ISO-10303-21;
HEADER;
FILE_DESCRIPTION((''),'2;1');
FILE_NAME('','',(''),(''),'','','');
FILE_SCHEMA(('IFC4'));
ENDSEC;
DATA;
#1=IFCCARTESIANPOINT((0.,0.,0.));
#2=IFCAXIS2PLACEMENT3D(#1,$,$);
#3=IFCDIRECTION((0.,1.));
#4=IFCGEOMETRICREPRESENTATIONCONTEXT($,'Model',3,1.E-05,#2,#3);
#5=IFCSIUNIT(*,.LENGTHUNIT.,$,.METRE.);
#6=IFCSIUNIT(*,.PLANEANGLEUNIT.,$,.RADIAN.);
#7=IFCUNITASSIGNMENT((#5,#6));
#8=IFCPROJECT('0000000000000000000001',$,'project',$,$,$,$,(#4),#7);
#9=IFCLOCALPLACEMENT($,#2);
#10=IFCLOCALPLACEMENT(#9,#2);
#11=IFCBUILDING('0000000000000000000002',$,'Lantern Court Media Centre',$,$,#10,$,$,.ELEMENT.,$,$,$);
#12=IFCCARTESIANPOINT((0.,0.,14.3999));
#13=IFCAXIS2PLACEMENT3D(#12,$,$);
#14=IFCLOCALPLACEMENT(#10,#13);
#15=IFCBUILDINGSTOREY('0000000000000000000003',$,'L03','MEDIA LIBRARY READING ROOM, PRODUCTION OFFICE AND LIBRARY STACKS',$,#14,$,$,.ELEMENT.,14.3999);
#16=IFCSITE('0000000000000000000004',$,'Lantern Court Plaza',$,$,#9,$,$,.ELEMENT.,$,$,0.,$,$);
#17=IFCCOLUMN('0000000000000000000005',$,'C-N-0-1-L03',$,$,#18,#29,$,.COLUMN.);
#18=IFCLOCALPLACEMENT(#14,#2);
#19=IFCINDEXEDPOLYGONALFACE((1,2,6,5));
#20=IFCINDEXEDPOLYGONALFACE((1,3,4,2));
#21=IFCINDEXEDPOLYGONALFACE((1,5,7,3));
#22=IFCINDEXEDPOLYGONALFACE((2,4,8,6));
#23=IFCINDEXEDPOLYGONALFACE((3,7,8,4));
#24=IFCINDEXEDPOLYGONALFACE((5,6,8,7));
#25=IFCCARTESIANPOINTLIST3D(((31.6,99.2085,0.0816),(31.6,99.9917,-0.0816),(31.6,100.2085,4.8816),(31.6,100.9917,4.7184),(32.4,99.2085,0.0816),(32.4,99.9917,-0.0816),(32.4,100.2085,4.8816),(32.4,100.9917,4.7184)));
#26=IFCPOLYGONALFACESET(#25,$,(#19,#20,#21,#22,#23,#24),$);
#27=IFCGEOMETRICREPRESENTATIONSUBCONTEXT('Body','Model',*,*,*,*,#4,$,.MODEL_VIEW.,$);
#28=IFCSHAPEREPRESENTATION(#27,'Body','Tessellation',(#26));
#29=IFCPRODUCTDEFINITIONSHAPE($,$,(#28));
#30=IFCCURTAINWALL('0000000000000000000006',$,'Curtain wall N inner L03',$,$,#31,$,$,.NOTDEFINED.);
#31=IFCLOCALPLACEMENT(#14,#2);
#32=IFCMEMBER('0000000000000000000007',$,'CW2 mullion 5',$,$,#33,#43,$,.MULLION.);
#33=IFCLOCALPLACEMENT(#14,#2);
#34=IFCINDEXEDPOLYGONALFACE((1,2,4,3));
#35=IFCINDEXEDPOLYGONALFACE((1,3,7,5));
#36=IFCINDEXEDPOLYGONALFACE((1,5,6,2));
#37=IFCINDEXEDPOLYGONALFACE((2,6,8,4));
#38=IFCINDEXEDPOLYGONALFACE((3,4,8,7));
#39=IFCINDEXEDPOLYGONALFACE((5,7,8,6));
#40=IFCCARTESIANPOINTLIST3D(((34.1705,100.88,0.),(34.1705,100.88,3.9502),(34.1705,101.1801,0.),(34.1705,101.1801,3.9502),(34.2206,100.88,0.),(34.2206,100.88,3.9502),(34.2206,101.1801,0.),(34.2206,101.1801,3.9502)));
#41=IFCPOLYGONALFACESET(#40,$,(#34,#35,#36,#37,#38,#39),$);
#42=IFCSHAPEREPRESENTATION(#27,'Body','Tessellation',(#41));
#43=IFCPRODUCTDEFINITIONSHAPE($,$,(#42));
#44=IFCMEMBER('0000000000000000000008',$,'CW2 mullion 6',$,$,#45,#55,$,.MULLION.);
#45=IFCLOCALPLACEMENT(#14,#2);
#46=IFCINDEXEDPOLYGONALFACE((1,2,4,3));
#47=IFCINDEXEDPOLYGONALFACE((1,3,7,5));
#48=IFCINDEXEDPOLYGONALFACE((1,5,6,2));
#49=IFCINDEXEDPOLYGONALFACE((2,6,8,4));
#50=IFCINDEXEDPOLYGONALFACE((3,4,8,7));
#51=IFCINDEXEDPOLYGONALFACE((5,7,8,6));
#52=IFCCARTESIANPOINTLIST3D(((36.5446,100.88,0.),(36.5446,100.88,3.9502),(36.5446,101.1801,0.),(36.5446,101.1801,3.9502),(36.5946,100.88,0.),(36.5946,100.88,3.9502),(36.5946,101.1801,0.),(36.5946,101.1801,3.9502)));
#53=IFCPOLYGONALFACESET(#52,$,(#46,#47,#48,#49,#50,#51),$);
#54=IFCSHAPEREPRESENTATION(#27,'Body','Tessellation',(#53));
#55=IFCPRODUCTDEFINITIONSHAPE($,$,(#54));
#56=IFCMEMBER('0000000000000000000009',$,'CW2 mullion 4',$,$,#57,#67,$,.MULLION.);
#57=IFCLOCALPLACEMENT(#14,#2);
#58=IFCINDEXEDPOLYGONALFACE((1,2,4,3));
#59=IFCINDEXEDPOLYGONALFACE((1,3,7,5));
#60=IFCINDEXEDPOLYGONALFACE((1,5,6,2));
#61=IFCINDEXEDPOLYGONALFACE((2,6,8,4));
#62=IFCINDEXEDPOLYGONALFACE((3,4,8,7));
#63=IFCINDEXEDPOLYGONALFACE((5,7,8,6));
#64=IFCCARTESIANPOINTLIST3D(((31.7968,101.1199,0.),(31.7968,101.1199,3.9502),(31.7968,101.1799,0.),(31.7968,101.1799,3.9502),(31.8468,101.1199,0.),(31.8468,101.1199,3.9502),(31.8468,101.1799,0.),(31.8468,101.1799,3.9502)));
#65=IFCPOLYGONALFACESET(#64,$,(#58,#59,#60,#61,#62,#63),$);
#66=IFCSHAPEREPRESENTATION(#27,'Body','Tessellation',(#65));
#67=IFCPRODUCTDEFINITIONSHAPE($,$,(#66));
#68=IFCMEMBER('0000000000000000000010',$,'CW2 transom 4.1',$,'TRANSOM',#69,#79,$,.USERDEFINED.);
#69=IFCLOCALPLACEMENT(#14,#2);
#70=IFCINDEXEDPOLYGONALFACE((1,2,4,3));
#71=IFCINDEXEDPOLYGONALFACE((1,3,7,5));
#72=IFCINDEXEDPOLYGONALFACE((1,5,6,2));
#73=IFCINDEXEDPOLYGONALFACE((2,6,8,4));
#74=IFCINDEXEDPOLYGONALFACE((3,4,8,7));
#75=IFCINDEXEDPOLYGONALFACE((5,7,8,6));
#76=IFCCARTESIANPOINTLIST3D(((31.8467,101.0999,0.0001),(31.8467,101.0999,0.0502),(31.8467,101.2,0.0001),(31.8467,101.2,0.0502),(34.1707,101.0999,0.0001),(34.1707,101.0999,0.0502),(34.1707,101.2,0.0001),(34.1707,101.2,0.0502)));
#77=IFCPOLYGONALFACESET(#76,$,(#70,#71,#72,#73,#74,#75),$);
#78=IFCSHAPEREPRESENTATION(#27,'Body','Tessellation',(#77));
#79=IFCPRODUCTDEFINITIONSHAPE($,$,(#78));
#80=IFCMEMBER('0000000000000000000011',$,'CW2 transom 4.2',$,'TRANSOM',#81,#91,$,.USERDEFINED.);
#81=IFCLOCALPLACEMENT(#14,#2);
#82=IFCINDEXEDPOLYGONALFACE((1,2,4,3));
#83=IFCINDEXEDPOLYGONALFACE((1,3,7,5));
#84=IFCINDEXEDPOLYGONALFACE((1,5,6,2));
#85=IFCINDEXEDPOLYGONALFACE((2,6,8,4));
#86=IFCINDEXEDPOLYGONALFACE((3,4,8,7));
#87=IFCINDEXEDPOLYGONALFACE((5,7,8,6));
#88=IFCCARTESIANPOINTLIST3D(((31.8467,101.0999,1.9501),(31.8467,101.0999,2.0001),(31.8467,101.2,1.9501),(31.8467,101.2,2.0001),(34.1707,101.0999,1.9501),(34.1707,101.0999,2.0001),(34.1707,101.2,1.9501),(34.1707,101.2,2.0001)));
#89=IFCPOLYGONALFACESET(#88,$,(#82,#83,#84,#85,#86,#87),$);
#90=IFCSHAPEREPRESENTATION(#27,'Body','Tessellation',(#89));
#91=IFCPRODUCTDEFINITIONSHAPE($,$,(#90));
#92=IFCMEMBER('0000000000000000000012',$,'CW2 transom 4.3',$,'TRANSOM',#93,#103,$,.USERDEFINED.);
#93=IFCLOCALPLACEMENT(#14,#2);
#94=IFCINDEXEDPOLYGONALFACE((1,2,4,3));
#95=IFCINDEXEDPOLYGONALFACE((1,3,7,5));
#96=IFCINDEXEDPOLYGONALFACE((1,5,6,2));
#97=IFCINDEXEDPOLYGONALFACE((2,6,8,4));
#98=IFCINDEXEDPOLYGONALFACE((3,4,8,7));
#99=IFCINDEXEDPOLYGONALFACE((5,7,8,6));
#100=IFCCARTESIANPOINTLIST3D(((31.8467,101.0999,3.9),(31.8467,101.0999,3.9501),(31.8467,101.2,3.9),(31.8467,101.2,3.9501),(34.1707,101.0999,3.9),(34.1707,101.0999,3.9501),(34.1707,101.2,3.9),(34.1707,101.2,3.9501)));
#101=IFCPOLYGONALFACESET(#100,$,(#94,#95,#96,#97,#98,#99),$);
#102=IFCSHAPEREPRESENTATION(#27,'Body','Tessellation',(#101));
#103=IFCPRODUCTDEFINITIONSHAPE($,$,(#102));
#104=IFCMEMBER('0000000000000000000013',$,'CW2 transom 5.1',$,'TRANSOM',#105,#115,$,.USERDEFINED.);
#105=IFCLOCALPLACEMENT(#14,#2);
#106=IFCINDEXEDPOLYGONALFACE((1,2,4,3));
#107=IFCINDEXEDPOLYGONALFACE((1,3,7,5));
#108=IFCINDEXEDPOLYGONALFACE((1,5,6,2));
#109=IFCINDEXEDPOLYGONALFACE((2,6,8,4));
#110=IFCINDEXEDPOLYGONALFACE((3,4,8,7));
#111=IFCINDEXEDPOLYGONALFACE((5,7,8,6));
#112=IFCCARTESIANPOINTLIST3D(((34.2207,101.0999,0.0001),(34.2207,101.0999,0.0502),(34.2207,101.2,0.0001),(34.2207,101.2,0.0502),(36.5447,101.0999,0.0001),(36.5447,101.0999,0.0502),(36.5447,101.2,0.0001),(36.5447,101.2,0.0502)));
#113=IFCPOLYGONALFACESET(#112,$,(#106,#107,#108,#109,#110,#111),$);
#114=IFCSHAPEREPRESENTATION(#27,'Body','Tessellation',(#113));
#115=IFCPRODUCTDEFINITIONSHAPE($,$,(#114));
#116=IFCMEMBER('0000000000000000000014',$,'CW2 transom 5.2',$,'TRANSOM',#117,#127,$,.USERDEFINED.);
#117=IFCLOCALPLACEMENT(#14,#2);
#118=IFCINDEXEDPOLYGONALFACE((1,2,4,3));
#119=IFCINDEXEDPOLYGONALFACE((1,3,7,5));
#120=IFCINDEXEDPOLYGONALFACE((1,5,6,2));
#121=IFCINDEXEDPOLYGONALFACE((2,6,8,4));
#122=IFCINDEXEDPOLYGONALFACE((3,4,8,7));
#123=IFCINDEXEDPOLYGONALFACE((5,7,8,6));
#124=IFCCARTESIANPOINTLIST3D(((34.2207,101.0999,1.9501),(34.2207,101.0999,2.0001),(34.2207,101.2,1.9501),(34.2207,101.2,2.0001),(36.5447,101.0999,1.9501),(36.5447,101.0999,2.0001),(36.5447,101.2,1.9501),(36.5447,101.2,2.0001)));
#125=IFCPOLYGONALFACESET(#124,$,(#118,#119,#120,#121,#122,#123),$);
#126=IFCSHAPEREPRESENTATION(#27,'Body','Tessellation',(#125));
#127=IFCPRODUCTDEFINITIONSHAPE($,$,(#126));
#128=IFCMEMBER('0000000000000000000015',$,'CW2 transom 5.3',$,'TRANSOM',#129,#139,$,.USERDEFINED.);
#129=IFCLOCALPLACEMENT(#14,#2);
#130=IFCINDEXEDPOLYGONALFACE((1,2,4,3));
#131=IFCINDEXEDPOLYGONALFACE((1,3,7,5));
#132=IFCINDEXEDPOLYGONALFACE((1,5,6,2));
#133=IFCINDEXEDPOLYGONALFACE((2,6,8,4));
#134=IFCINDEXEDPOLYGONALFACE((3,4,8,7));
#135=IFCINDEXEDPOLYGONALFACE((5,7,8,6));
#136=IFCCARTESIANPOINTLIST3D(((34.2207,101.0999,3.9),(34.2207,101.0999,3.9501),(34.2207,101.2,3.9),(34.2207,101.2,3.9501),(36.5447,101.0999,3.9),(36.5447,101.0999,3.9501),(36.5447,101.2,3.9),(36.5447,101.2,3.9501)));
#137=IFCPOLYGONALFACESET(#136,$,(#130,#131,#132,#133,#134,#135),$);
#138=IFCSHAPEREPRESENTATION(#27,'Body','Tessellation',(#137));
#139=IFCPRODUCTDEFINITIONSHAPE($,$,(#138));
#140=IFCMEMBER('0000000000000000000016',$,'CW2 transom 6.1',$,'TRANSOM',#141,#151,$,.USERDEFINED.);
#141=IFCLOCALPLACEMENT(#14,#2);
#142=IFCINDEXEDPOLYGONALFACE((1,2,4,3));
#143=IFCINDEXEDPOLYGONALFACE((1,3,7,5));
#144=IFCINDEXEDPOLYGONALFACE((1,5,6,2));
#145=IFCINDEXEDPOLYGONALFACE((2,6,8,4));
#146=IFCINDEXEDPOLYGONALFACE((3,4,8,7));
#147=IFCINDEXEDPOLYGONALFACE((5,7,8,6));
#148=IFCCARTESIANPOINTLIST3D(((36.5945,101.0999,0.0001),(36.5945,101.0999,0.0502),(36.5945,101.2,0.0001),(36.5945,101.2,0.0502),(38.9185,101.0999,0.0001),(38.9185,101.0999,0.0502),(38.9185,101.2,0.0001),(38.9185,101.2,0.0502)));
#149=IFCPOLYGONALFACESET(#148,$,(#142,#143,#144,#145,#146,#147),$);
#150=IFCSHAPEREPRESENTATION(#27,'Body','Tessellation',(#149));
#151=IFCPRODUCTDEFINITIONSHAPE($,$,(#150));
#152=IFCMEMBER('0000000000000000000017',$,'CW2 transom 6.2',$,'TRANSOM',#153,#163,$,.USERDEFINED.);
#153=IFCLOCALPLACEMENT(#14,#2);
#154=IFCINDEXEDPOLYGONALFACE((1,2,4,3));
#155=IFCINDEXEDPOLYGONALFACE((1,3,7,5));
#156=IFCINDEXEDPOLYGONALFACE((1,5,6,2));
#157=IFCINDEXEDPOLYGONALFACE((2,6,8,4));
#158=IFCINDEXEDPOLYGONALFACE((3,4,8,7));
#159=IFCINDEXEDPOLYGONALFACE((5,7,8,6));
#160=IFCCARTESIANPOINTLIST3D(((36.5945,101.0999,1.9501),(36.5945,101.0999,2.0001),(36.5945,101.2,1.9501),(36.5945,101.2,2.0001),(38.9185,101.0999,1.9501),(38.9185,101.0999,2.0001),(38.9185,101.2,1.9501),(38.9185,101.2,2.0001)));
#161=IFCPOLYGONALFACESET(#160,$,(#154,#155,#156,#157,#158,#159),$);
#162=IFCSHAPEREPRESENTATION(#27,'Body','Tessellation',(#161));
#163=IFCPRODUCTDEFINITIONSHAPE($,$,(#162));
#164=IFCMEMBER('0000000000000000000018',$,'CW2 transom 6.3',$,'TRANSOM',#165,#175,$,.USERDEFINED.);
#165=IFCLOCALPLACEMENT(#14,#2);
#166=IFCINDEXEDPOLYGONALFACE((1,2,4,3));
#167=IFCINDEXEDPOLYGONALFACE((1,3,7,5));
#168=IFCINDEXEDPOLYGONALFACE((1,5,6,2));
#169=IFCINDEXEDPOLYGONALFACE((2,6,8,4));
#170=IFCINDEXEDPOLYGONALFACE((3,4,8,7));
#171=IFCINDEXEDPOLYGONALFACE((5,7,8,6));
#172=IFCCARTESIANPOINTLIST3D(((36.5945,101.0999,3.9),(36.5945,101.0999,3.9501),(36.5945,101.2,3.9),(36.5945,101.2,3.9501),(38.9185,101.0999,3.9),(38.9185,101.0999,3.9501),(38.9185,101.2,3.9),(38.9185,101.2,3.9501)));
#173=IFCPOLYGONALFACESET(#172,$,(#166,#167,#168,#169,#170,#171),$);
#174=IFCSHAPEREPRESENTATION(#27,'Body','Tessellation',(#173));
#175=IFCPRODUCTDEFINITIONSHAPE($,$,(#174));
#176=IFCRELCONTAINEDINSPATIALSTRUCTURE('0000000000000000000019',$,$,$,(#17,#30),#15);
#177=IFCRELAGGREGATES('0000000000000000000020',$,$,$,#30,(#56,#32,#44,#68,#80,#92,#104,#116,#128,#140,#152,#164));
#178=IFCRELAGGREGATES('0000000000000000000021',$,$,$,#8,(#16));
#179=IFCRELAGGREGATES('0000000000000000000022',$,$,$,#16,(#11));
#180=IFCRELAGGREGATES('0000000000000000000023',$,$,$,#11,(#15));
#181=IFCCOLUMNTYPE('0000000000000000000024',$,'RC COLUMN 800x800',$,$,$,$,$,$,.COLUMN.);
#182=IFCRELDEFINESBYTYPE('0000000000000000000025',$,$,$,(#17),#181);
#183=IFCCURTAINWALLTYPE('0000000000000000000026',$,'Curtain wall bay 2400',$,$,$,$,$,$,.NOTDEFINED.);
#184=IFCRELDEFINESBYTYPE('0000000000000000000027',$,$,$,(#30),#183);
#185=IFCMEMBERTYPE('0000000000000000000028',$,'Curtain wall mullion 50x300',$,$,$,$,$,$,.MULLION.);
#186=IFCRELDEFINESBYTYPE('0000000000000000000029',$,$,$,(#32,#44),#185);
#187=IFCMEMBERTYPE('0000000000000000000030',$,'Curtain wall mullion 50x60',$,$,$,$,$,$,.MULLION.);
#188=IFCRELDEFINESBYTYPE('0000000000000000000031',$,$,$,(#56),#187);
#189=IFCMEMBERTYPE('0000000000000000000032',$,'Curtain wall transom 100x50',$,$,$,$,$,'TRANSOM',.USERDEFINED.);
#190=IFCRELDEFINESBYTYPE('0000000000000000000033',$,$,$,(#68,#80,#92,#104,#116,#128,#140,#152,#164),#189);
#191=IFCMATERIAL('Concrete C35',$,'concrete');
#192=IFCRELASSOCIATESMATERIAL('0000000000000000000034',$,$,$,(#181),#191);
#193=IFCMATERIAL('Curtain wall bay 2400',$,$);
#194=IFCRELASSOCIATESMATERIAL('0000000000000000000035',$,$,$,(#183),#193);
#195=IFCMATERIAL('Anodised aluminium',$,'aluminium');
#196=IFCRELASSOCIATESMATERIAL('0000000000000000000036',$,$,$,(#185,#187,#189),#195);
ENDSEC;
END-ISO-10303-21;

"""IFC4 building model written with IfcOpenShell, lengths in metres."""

from ifc_helpers import new_model, si_unit, direction, frame, origin, origin_2d, place, context, subcontext, project, spatial, rectangle, extrude, material, material_profile, profile_set, type_object, element, aggregate, save


model = new_model("IFC4")

# Units and contexts
model_context = context("Model", 3, precision=1e-05, world=origin(), true_north=direction((0.0, 1.0)))
body_context = subcontext(model_context, "Body", "Model", "MODEL_VIEW")
ifc_project = project(units=[si_unit("LENGTHUNIT", "METRE"), si_unit("PLANEANGLEUNIT", "RADIAN")], contexts=[model_context])

# Site, building, storey
site_placement = place(None, origin())
site = spatial("IfcSite", under=ifc_project, at=site_placement, Name="Lantern Court Plaza", CompositionType="ELEMENT", RefElevation=0.0)
building_placement = place(site_placement, origin())
building = spatial("IfcBuilding", under=site, at=building_placement, Name="Lantern Court Media Centre", CompositionType="ELEMENT")
storey_placement = place(building_placement, frame((0.0, 0.0, 14.3999)))
storey = spatial("IfcBuildingStorey", under=building, at=storey_placement, Name="L03", Description="MEDIA LIBRARY READING ROOM, PRODUCTION OFFICE AND LIBRARY STACKS", CompositionType="ELEMENT", Elevation=14.3999)

# Column
ifc_material_1 = material(Name="Concrete C35", Category="concrete")
ifc_material_profile_1 = material_profile(ifc_material_1, rectangle(XDim=0.8, YDim=0.8, at=origin_2d()), Name="RC 800x800")
ifc_profile_set_1 = profile_set([ifc_material_profile_1], Name="Concrete C35")
column_type = type_object("IfcColumnType", Name="RC COLUMN 800x800", PredefinedType="COLUMN", material=ifc_profile_set_1)
column_placement = place(storey_placement, frame((32.0, 99.6001, 0.0), z_axis=(0.0, 0.203952, 0.978981), x_axis=(-1.0, 0.0, 0.0)))
element("IfcColumn", 1, at=column_placement, inside=storey, type_object=column_type, Name="C-N-0-1-L03", PredefinedType="COLUMN", context=body_context, shape_type="SweptSolid", body=[
    extrude(rectangle(XDim=0.8, YDim=0.8, at=origin_2d()), origin(), (0.0, 0.0, 1.0), 4.9031),
])

# Curtain wall, members
ifc_material_2 = material(Name="Curtain wall bay 2400")
curtain_wall_type = type_object("IfcCurtainWallType", Name="Curtain wall bay 2400", PredefinedType="NOTDEFINED", material=ifc_material_2)
curtain_wall_placement = place(storey_placement, origin())
curtain_wall = element("IfcCurtainWall", 2, at=curtain_wall_placement, inside=storey, type_object=curtain_wall_type, Name="Curtain wall N inner L03", PredefinedType="NOTDEFINED")
ifc_material_3 = material(Name="Anodised aluminium", Category="aluminium")
ifc_material_profile_2 = material_profile(ifc_material_3, rectangle(XDim=0.3, YDim=0.05, at=origin_2d()), Name="AL 50x300")
ifc_profile_set_2 = profile_set([ifc_material_profile_2], Name="Anodised aluminium")
member_type_1 = type_object("IfcMemberType", Name="Curtain wall mullion 50x300", PredefinedType="MULLION", material=ifc_profile_set_2)
member_1_placement = place(storey_placement, frame((34.1956, 101.03, 0.0), z_axis=(0.0, 0.0, 1.0), x_axis=(0.0, 1.0, 0.0)))
member_1 = element("IfcMember", 3, at=member_1_placement, type_object=member_type_1, Name="CW2 mullion 5", PredefinedType="MULLION", context=body_context, shape_type="SweptSolid", body=[
    extrude(rectangle(XDim=0.3, YDim=0.05, at=origin_2d()), origin(), (0.0, 0.0, 1.0), 3.9502),
])
member_2_placement = place(storey_placement, frame((36.5696, 101.03, 0.0), z_axis=(0.0, 0.0, 1.0), x_axis=(0.0, 1.0, 0.0)))
member_2 = element("IfcMember", 4, at=member_2_placement, type_object=member_type_1, Name="CW2 mullion 6", PredefinedType="MULLION", context=body_context, shape_type="SweptSolid", body=[
    extrude(rectangle(XDim=0.3, YDim=0.05, at=origin_2d()), origin(), (0.0, 0.0, 1.0), 3.9502),
])
ifc_material_profile_3 = material_profile(ifc_material_3, rectangle(XDim=0.0601, YDim=0.05, at=origin_2d()), Name="AL 50x60")
ifc_profile_set_3 = profile_set([ifc_material_profile_3], Name="Anodised aluminium")
member_type_2 = type_object("IfcMemberType", Name="Curtain wall mullion 50x60", PredefinedType="MULLION", material=ifc_profile_set_3)
member_3_placement = place(storey_placement, frame((31.8218, 101.1499, 0.0), z_axis=(0.0, 0.0, 1.0), x_axis=(0.0, 1.0, 0.0)))
member_3 = element("IfcMember", 5, at=member_3_placement, type_object=member_type_2, Name="CW2 mullion 4", PredefinedType="MULLION", context=body_context, shape_type="SweptSolid", body=[
    extrude(rectangle(XDim=0.0601, YDim=0.05, at=origin_2d()), origin(), (0.0, 0.0, 1.0), 3.9502),
])
ifc_material_profile_4 = material_profile(ifc_material_3, rectangle(XDim=0.1001, YDim=0.05, at=origin_2d()), Name="AL 50x100")
ifc_profile_set_4 = profile_set([ifc_material_profile_4], Name="Anodised aluminium")
member_type_3 = type_object("IfcMemberType", Name="Curtain wall transom 100x50", ElementType="TRANSOM", PredefinedType="USERDEFINED", material=ifc_profile_set_4)
member_4_placement = place(storey_placement, frame((31.8467, 101.1499, 0.0251), z_axis=(1.0, 0.0, 0.0), x_axis=(0.0, 1.0, 0.0)))
member_4 = element("IfcMember", 6, at=member_4_placement, type_object=member_type_3, Name="CW2 transom 4.1", ObjectType="TRANSOM", PredefinedType="USERDEFINED", context=body_context, shape_type="SweptSolid", body=[
    extrude(rectangle(XDim=0.1001, YDim=0.05, at=origin_2d()), origin(), (0.0, 0.0, 1.0), 2.324),
])
member_5_placement = place(storey_placement, frame((31.8467, 101.1499, 1.9751), z_axis=(1.0, 0.0, 0.0), x_axis=(0.0, 1.0, 0.0)))
member_5 = element("IfcMember", 7, at=member_5_placement, type_object=member_type_3, Name="CW2 transom 4.2", ObjectType="TRANSOM", PredefinedType="USERDEFINED", context=body_context, shape_type="SweptSolid", body=[
    extrude(rectangle(XDim=0.1001, YDim=0.05, at=origin_2d()), origin(), (0.0, 0.0, 1.0), 2.324),
])
member_6_placement = place(storey_placement, frame((31.8467, 101.1499, 3.925), z_axis=(1.0, 0.0, 0.0), x_axis=(0.0, 1.0, 0.0)))
member_6 = element("IfcMember", 8, at=member_6_placement, type_object=member_type_3, Name="CW2 transom 4.3", ObjectType="TRANSOM", PredefinedType="USERDEFINED", context=body_context, shape_type="SweptSolid", body=[
    extrude(rectangle(XDim=0.1001, YDim=0.05, at=origin_2d()), origin(), (0.0, 0.0, 1.0), 2.324),
])
member_7_placement = place(storey_placement, frame((34.2207, 101.1499, 0.0251), z_axis=(1.0, 0.0, 0.0), x_axis=(0.0, 1.0, 0.0)))
member_7 = element("IfcMember", 9, at=member_7_placement, type_object=member_type_3, Name="CW2 transom 5.1", ObjectType="TRANSOM", PredefinedType="USERDEFINED", context=body_context, shape_type="SweptSolid", body=[
    extrude(rectangle(XDim=0.1001, YDim=0.05, at=origin_2d()), origin(), (0.0, 0.0, 1.0), 2.324),
])
member_8_placement = place(storey_placement, frame((34.2207, 101.1499, 1.9751), z_axis=(1.0, 0.0, 0.0), x_axis=(0.0, 1.0, 0.0)))
member_8 = element("IfcMember", 10, at=member_8_placement, type_object=member_type_3, Name="CW2 transom 5.2", ObjectType="TRANSOM", PredefinedType="USERDEFINED", context=body_context, shape_type="SweptSolid", body=[
    extrude(rectangle(XDim=0.1001, YDim=0.05, at=origin_2d()), origin(), (0.0, 0.0, 1.0), 2.324),
])
member_9_placement = place(storey_placement, frame((34.2207, 101.1499, 3.925), z_axis=(1.0, 0.0, 0.0), x_axis=(0.0, 1.0, 0.0)))
member_9 = element("IfcMember", 11, at=member_9_placement, type_object=member_type_3, Name="CW2 transom 5.3", ObjectType="TRANSOM", PredefinedType="USERDEFINED", context=body_context, shape_type="SweptSolid", body=[
    extrude(rectangle(XDim=0.1001, YDim=0.05, at=origin_2d()), origin(), (0.0, 0.0, 1.0), 2.324),
])
member_10_placement = place(storey_placement, frame((36.5945, 101.1499, 0.0251), z_axis=(1.0, 0.0, 0.0), x_axis=(0.0, 1.0, 0.0)))
member_10 = element("IfcMember", 12, at=member_10_placement, type_object=member_type_3, Name="CW2 transom 6.1", ObjectType="TRANSOM", PredefinedType="USERDEFINED", context=body_context, shape_type="SweptSolid", body=[
    extrude(rectangle(XDim=0.1001, YDim=0.05, at=origin_2d()), origin(), (0.0, 0.0, 1.0), 2.324),
])
member_11_placement = place(storey_placement, frame((36.5945, 101.1499, 1.9751), z_axis=(1.0, 0.0, 0.0), x_axis=(0.0, 1.0, 0.0)))
member_11 = element("IfcMember", 13, at=member_11_placement, type_object=member_type_3, Name="CW2 transom 6.2", ObjectType="TRANSOM", PredefinedType="USERDEFINED", context=body_context, shape_type="SweptSolid", body=[
    extrude(rectangle(XDim=0.1001, YDim=0.05, at=origin_2d()), origin(), (0.0, 0.0, 1.0), 2.324),
])
member_12_placement = place(storey_placement, frame((36.5945, 101.1499, 3.925), z_axis=(1.0, 0.0, 0.0), x_axis=(0.0, 1.0, 0.0)))
member_12 = element("IfcMember", 14, at=member_12_placement, type_object=member_type_3, Name="CW2 transom 6.3", ObjectType="TRANSOM", PredefinedType="USERDEFINED", context=body_context, shape_type="SweptSolid", body=[
    extrude(rectangle(XDim=0.1001, YDim=0.05, at=origin_2d()), origin(), (0.0, 0.0, 1.0), 2.324),
])

aggregate(curtain_wall, [member_3, member_1, member_2, member_4, member_5, member_6, member_7, member_8, member_9, member_10, member_11, member_12])

save(model, "model.ifc")
